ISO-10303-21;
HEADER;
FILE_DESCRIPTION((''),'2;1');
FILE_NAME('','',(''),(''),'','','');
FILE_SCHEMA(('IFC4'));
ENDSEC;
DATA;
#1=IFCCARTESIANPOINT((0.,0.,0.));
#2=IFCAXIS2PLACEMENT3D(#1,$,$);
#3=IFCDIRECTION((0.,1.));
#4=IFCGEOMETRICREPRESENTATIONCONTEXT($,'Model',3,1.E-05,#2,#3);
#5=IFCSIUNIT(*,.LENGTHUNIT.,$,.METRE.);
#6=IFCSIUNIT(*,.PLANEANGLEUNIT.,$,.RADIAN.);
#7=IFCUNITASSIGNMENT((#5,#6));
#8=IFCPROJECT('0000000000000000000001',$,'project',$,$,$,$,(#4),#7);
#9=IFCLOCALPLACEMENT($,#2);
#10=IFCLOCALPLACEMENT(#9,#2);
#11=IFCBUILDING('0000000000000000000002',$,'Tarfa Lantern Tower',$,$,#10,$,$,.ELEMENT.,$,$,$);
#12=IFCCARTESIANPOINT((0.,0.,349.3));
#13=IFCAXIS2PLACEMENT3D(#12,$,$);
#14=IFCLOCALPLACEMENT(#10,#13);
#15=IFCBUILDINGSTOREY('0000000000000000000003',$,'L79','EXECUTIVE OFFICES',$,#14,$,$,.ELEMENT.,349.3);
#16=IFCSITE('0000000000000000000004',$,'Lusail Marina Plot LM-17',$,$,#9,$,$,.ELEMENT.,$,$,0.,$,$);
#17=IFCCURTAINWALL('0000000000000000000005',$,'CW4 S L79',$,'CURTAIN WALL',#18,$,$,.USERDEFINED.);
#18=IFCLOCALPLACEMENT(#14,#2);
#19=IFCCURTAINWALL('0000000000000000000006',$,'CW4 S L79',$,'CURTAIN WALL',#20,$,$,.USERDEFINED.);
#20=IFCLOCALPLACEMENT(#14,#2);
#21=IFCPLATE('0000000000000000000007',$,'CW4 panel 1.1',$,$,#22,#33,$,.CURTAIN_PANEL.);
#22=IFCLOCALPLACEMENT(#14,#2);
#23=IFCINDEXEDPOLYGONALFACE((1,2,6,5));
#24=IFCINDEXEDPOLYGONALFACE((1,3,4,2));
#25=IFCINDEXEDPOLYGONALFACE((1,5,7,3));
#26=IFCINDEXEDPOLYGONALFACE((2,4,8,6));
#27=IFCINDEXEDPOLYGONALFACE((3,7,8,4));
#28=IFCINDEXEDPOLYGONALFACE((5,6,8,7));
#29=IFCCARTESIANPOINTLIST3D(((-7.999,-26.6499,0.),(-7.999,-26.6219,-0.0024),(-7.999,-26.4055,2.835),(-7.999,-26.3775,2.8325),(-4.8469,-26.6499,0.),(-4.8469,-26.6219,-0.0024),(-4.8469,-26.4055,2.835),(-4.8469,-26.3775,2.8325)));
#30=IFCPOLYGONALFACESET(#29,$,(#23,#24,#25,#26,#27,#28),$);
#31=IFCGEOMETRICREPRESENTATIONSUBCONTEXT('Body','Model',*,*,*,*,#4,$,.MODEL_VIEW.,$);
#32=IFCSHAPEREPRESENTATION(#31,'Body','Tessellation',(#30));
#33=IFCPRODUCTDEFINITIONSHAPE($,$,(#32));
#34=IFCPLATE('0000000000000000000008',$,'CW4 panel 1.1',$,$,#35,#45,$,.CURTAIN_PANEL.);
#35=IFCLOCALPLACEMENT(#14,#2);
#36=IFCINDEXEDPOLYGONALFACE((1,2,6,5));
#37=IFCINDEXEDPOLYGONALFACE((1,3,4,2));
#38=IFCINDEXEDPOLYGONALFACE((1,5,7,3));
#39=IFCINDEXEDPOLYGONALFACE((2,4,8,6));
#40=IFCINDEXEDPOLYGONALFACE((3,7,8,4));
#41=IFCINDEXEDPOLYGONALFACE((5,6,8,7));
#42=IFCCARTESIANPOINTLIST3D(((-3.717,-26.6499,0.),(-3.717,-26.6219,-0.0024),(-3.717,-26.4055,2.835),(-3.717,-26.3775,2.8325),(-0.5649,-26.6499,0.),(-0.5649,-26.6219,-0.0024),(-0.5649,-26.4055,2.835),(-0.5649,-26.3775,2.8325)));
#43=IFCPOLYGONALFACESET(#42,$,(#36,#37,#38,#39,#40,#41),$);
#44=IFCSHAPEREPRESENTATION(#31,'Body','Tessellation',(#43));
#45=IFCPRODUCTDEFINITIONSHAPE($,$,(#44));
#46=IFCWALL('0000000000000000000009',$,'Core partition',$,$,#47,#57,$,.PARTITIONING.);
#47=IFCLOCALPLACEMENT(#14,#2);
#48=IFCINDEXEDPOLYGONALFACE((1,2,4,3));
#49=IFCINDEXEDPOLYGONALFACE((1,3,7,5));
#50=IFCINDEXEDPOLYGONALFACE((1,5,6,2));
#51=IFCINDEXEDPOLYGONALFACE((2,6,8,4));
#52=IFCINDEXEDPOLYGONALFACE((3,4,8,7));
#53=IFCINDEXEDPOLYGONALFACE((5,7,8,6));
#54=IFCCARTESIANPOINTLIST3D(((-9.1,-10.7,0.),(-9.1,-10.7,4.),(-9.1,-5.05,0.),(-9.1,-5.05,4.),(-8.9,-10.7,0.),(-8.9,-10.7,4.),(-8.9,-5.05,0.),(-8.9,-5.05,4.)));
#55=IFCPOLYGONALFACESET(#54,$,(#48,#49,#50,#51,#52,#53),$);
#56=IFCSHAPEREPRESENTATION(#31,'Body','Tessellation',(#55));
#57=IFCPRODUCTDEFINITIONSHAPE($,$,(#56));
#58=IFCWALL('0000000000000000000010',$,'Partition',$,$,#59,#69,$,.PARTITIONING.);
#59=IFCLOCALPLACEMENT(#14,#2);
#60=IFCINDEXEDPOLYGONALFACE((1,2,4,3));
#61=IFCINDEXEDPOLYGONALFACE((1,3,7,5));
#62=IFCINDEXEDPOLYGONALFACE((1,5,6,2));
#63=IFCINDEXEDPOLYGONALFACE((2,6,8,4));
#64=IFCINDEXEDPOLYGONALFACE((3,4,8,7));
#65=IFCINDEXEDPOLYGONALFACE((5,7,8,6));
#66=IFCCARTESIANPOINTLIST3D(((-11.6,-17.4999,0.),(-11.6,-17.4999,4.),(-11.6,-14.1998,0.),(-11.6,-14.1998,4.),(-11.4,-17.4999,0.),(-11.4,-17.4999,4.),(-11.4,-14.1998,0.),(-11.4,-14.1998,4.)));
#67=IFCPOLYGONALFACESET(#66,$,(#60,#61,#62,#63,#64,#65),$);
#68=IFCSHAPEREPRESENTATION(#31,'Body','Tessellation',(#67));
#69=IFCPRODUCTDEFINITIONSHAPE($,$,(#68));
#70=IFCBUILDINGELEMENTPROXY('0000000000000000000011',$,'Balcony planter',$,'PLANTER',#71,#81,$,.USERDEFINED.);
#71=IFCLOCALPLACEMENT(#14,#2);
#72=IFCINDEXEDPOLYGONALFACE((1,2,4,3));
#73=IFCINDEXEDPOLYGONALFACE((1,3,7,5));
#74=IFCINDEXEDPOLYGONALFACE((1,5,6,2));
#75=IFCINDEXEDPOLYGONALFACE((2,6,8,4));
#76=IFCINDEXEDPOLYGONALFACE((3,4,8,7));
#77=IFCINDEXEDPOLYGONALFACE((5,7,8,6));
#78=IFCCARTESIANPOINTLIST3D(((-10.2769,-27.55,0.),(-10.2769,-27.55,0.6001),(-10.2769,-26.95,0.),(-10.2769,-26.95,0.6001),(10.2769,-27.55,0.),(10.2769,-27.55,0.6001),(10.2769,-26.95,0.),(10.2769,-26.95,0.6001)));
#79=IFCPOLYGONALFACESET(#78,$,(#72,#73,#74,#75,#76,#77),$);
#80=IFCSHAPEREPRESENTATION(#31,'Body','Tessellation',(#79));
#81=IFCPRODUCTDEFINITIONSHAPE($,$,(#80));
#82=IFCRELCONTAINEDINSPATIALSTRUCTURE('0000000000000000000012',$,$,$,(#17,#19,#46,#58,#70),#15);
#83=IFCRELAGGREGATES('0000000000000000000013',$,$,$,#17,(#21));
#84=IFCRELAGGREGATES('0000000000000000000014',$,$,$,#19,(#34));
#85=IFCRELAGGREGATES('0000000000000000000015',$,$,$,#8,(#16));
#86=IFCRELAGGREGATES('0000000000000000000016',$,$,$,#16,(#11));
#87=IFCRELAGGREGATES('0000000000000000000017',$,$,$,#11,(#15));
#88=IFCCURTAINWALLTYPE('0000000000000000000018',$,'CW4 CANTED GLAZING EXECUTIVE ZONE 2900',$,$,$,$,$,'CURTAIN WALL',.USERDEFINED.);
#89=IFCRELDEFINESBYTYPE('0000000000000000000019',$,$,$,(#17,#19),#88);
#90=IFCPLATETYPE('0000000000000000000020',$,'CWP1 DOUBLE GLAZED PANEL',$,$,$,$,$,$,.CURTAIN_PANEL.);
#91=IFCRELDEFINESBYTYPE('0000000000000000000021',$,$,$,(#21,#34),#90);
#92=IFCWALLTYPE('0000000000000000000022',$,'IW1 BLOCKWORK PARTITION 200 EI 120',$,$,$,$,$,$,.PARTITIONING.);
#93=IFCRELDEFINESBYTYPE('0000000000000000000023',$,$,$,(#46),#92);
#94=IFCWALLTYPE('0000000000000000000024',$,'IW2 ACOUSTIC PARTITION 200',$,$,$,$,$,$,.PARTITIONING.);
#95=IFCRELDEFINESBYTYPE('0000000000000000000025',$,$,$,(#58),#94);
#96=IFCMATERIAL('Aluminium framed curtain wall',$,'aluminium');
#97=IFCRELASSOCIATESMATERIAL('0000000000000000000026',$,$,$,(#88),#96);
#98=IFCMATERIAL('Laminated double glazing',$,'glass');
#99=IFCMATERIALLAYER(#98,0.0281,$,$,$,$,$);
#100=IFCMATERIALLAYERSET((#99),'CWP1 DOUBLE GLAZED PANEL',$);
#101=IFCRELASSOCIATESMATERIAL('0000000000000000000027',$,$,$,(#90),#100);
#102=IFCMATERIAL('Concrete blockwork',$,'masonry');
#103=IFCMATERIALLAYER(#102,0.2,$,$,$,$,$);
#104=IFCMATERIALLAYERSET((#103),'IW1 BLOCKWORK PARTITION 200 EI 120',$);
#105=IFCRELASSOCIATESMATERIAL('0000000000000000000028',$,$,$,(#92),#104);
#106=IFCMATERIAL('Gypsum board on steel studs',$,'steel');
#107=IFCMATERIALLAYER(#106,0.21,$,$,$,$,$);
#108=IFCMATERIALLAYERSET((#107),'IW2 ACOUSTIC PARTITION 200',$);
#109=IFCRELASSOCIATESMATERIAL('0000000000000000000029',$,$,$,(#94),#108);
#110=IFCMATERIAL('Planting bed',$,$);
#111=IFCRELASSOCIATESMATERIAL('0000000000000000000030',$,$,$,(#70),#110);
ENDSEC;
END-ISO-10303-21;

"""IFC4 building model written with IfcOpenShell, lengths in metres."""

from ifc_helpers import new_model, si_unit, direction, frame, frame_2d, origin, origin_2d, place, context, subcontext, project, spatial, polyline, rectangle, outline, extrude, material, layer, layer_set, type_object, element, aggregate, save


model = new_model("IFC4")

# Units and contexts
model_context = context("Model", 3, precision=1e-05, world=origin(), true_north=direction((0.0, 1.0)))
body_context = subcontext(model_context, "Body", "Model", "MODEL_VIEW")
ifc_project = project(units=[si_unit("LENGTHUNIT", "METRE"), si_unit("PLANEANGLEUNIT", "RADIAN")], contexts=[model_context])

# Site, building, storey
site_placement = place(None, origin())
site = spatial("IfcSite", under=ifc_project, at=site_placement, Name="Lusail Marina Plot LM-17", CompositionType="ELEMENT", RefElevation=0.0)
building_placement = place(site_placement, origin())
building = spatial("IfcBuilding", under=site, at=building_placement, Name="Tarfa Lantern Tower", CompositionType="ELEMENT")
storey_placement = place(building_placement, frame((0.0, 0.0, 349.3)))
storey = spatial("IfcBuildingStorey", under=building, at=storey_placement, Name="L79", Description="EXECUTIVE OFFICES", CompositionType="ELEMENT", Elevation=349.3)

# Shared definitions
ifc_material_1 = material(Name="Aluminium framed curtain wall", Category="aluminium")
curtain_wall_type = type_object("IfcCurtainWallType", Name="CW4 CANTED GLAZING EXECUTIVE ZONE 2900", ElementType="CURTAIN WALL", PredefinedType="USERDEFINED", material=ifc_material_1)

# Curtain walls
curtain_wall_1_placement = place(storey_placement, origin())
curtain_wall_1 = element("IfcCurtainWall", 1, at=curtain_wall_1_placement, inside=storey, type_object=curtain_wall_type, Name="CW4 S L79", ObjectType="CURTAIN WALL", PredefinedType="USERDEFINED")
curtain_wall_2_placement = place(storey_placement, origin())
curtain_wall_2 = element("IfcCurtainWall", 2, at=curtain_wall_2_placement, inside=storey, type_object=curtain_wall_type, Name="CW4 S L79", ObjectType="CURTAIN WALL", PredefinedType="USERDEFINED")

# Plates
ifc_material_2 = material(Name="Laminated double glazing", Category="glass")
ifc_layer_1 = layer(ifc_material_2, 0.0281)
ifc_layer_set_1 = layer_set([ifc_layer_1], Name="CWP1 DOUBLE GLAZED PANEL")
plate_type = type_object("IfcPlateType", Name="CWP1 DOUBLE GLAZED PANEL", PredefinedType="CURTAIN_PANEL", material=ifc_layer_set_1)
plate_1_placement = place(storey_placement, frame((-7.999, -26.6499, 0.0), z_axis=(0.0, -0.996305, 0.085885), x_axis=(1.0, 0.0, 0.0)))
plate_1 = element("IfcPlate", 3, at=plate_1_placement, type_object=plate_type, Name="CW4 panel 1.1", PredefinedType="CURTAIN_PANEL", context=body_context, shape_type="SweptSolid", body=[
    extrude(outline(polyline([(0.0, 0.0), (3.1521, 0.0), (3.1521, 2.8455), (0.0, 2.8455), (0.0, 0.0)])), origin(), (0.0, 0.0, -1.0), 0.0281),
])
aggregate(curtain_wall_1, [plate_1])
plate_2_placement = place(storey_placement, frame((-3.717, -26.6499, 0.0), z_axis=(0.0, -0.996305, 0.085885), x_axis=(1.0, 0.0, 0.0)))
plate_2 = element("IfcPlate", 4, at=plate_2_placement, type_object=plate_type, Name="CW4 panel 1.1", PredefinedType="CURTAIN_PANEL", context=body_context, shape_type="SweptSolid", body=[
    extrude(outline(polyline([(0.0, 0.0), (3.1521, 0.0), (3.1521, 2.8455), (0.0, 2.8455), (0.0, 0.0)])), origin(), (0.0, 0.0, -1.0), 0.0281),
])
aggregate(curtain_wall_2, [plate_2])

# Walls
ifc_material_3 = material(Name="Concrete blockwork", Category="masonry")
ifc_layer_2 = layer(ifc_material_3, 0.2)
ifc_layer_set_2 = layer_set([ifc_layer_2], Name="IW1 BLOCKWORK PARTITION 200 EI 120")
wall_type_1 = type_object("IfcWallType", Name="IW1 BLOCKWORK PARTITION 200 EI 120", PredefinedType="PARTITIONING", material=ifc_layer_set_2)
wall_1_placement = place(storey_placement, frame((-9.0, -5.05, 0.0), z_axis=(0.0, 0.0, 1.0), x_axis=(0.0, -1.0, 0.0)))
element("IfcWall", 5, at=wall_1_placement, inside=storey, type_object=wall_type_1, Name="Core partition", PredefinedType="PARTITIONING", context=body_context, shape_type="SweptSolid", body=[
    extrude(rectangle(XDim=5.6499, YDim=0.2, at=frame_2d((2.825, 0.0))), origin(), (0.0, 0.0, 1.0), 4.0),
])
ifc_material_4 = material(Name="Gypsum board on steel studs", Category="steel")
ifc_layer_3 = layer(ifc_material_4, 0.21)
ifc_layer_set_3 = layer_set([ifc_layer_3], Name="IW2 ACOUSTIC PARTITION 200")
wall_type_2 = type_object("IfcWallType", Name="IW2 ACOUSTIC PARTITION 200", PredefinedType="PARTITIONING", material=ifc_layer_set_3)
wall_2_placement = place(storey_placement, frame((-11.5, -14.2, 0.0), z_axis=(0.0, 0.0, 1.0), x_axis=(0.0, -1.0, 0.0)))
element("IfcWall", 6, at=wall_2_placement, inside=storey, type_object=wall_type_2, Name="Partition", PredefinedType="PARTITIONING", context=body_context, shape_type="SweptSolid", body=[
    extrude(rectangle(XDim=3.3, YDim=0.2, at=frame_2d((1.6499, 0.0))), origin(), (0.0, 0.0, 1.0), 4.0),
])

# Building element proxy
ifc_material_5 = material(Name="Planting bed")
proxy_placement = place(storey_placement, frame((0.0, -27.25, 0.0), z_axis=(0.0, 0.0, 1.0), x_axis=(1.0, 0.0, 0.0)))
element("IfcBuildingElementProxy", 7, at=proxy_placement, inside=storey, material=ifc_material_5, Name="Balcony planter", ObjectType="PLANTER", PredefinedType="USERDEFINED", context=body_context, shape_type="SweptSolid", body=[
    extrude(rectangle(XDim=20.5537, YDim=0.6001, at=origin_2d()), origin(), (0.0, 0.0, 1.0), 0.6001),
])

save(model, "model.ifc")
